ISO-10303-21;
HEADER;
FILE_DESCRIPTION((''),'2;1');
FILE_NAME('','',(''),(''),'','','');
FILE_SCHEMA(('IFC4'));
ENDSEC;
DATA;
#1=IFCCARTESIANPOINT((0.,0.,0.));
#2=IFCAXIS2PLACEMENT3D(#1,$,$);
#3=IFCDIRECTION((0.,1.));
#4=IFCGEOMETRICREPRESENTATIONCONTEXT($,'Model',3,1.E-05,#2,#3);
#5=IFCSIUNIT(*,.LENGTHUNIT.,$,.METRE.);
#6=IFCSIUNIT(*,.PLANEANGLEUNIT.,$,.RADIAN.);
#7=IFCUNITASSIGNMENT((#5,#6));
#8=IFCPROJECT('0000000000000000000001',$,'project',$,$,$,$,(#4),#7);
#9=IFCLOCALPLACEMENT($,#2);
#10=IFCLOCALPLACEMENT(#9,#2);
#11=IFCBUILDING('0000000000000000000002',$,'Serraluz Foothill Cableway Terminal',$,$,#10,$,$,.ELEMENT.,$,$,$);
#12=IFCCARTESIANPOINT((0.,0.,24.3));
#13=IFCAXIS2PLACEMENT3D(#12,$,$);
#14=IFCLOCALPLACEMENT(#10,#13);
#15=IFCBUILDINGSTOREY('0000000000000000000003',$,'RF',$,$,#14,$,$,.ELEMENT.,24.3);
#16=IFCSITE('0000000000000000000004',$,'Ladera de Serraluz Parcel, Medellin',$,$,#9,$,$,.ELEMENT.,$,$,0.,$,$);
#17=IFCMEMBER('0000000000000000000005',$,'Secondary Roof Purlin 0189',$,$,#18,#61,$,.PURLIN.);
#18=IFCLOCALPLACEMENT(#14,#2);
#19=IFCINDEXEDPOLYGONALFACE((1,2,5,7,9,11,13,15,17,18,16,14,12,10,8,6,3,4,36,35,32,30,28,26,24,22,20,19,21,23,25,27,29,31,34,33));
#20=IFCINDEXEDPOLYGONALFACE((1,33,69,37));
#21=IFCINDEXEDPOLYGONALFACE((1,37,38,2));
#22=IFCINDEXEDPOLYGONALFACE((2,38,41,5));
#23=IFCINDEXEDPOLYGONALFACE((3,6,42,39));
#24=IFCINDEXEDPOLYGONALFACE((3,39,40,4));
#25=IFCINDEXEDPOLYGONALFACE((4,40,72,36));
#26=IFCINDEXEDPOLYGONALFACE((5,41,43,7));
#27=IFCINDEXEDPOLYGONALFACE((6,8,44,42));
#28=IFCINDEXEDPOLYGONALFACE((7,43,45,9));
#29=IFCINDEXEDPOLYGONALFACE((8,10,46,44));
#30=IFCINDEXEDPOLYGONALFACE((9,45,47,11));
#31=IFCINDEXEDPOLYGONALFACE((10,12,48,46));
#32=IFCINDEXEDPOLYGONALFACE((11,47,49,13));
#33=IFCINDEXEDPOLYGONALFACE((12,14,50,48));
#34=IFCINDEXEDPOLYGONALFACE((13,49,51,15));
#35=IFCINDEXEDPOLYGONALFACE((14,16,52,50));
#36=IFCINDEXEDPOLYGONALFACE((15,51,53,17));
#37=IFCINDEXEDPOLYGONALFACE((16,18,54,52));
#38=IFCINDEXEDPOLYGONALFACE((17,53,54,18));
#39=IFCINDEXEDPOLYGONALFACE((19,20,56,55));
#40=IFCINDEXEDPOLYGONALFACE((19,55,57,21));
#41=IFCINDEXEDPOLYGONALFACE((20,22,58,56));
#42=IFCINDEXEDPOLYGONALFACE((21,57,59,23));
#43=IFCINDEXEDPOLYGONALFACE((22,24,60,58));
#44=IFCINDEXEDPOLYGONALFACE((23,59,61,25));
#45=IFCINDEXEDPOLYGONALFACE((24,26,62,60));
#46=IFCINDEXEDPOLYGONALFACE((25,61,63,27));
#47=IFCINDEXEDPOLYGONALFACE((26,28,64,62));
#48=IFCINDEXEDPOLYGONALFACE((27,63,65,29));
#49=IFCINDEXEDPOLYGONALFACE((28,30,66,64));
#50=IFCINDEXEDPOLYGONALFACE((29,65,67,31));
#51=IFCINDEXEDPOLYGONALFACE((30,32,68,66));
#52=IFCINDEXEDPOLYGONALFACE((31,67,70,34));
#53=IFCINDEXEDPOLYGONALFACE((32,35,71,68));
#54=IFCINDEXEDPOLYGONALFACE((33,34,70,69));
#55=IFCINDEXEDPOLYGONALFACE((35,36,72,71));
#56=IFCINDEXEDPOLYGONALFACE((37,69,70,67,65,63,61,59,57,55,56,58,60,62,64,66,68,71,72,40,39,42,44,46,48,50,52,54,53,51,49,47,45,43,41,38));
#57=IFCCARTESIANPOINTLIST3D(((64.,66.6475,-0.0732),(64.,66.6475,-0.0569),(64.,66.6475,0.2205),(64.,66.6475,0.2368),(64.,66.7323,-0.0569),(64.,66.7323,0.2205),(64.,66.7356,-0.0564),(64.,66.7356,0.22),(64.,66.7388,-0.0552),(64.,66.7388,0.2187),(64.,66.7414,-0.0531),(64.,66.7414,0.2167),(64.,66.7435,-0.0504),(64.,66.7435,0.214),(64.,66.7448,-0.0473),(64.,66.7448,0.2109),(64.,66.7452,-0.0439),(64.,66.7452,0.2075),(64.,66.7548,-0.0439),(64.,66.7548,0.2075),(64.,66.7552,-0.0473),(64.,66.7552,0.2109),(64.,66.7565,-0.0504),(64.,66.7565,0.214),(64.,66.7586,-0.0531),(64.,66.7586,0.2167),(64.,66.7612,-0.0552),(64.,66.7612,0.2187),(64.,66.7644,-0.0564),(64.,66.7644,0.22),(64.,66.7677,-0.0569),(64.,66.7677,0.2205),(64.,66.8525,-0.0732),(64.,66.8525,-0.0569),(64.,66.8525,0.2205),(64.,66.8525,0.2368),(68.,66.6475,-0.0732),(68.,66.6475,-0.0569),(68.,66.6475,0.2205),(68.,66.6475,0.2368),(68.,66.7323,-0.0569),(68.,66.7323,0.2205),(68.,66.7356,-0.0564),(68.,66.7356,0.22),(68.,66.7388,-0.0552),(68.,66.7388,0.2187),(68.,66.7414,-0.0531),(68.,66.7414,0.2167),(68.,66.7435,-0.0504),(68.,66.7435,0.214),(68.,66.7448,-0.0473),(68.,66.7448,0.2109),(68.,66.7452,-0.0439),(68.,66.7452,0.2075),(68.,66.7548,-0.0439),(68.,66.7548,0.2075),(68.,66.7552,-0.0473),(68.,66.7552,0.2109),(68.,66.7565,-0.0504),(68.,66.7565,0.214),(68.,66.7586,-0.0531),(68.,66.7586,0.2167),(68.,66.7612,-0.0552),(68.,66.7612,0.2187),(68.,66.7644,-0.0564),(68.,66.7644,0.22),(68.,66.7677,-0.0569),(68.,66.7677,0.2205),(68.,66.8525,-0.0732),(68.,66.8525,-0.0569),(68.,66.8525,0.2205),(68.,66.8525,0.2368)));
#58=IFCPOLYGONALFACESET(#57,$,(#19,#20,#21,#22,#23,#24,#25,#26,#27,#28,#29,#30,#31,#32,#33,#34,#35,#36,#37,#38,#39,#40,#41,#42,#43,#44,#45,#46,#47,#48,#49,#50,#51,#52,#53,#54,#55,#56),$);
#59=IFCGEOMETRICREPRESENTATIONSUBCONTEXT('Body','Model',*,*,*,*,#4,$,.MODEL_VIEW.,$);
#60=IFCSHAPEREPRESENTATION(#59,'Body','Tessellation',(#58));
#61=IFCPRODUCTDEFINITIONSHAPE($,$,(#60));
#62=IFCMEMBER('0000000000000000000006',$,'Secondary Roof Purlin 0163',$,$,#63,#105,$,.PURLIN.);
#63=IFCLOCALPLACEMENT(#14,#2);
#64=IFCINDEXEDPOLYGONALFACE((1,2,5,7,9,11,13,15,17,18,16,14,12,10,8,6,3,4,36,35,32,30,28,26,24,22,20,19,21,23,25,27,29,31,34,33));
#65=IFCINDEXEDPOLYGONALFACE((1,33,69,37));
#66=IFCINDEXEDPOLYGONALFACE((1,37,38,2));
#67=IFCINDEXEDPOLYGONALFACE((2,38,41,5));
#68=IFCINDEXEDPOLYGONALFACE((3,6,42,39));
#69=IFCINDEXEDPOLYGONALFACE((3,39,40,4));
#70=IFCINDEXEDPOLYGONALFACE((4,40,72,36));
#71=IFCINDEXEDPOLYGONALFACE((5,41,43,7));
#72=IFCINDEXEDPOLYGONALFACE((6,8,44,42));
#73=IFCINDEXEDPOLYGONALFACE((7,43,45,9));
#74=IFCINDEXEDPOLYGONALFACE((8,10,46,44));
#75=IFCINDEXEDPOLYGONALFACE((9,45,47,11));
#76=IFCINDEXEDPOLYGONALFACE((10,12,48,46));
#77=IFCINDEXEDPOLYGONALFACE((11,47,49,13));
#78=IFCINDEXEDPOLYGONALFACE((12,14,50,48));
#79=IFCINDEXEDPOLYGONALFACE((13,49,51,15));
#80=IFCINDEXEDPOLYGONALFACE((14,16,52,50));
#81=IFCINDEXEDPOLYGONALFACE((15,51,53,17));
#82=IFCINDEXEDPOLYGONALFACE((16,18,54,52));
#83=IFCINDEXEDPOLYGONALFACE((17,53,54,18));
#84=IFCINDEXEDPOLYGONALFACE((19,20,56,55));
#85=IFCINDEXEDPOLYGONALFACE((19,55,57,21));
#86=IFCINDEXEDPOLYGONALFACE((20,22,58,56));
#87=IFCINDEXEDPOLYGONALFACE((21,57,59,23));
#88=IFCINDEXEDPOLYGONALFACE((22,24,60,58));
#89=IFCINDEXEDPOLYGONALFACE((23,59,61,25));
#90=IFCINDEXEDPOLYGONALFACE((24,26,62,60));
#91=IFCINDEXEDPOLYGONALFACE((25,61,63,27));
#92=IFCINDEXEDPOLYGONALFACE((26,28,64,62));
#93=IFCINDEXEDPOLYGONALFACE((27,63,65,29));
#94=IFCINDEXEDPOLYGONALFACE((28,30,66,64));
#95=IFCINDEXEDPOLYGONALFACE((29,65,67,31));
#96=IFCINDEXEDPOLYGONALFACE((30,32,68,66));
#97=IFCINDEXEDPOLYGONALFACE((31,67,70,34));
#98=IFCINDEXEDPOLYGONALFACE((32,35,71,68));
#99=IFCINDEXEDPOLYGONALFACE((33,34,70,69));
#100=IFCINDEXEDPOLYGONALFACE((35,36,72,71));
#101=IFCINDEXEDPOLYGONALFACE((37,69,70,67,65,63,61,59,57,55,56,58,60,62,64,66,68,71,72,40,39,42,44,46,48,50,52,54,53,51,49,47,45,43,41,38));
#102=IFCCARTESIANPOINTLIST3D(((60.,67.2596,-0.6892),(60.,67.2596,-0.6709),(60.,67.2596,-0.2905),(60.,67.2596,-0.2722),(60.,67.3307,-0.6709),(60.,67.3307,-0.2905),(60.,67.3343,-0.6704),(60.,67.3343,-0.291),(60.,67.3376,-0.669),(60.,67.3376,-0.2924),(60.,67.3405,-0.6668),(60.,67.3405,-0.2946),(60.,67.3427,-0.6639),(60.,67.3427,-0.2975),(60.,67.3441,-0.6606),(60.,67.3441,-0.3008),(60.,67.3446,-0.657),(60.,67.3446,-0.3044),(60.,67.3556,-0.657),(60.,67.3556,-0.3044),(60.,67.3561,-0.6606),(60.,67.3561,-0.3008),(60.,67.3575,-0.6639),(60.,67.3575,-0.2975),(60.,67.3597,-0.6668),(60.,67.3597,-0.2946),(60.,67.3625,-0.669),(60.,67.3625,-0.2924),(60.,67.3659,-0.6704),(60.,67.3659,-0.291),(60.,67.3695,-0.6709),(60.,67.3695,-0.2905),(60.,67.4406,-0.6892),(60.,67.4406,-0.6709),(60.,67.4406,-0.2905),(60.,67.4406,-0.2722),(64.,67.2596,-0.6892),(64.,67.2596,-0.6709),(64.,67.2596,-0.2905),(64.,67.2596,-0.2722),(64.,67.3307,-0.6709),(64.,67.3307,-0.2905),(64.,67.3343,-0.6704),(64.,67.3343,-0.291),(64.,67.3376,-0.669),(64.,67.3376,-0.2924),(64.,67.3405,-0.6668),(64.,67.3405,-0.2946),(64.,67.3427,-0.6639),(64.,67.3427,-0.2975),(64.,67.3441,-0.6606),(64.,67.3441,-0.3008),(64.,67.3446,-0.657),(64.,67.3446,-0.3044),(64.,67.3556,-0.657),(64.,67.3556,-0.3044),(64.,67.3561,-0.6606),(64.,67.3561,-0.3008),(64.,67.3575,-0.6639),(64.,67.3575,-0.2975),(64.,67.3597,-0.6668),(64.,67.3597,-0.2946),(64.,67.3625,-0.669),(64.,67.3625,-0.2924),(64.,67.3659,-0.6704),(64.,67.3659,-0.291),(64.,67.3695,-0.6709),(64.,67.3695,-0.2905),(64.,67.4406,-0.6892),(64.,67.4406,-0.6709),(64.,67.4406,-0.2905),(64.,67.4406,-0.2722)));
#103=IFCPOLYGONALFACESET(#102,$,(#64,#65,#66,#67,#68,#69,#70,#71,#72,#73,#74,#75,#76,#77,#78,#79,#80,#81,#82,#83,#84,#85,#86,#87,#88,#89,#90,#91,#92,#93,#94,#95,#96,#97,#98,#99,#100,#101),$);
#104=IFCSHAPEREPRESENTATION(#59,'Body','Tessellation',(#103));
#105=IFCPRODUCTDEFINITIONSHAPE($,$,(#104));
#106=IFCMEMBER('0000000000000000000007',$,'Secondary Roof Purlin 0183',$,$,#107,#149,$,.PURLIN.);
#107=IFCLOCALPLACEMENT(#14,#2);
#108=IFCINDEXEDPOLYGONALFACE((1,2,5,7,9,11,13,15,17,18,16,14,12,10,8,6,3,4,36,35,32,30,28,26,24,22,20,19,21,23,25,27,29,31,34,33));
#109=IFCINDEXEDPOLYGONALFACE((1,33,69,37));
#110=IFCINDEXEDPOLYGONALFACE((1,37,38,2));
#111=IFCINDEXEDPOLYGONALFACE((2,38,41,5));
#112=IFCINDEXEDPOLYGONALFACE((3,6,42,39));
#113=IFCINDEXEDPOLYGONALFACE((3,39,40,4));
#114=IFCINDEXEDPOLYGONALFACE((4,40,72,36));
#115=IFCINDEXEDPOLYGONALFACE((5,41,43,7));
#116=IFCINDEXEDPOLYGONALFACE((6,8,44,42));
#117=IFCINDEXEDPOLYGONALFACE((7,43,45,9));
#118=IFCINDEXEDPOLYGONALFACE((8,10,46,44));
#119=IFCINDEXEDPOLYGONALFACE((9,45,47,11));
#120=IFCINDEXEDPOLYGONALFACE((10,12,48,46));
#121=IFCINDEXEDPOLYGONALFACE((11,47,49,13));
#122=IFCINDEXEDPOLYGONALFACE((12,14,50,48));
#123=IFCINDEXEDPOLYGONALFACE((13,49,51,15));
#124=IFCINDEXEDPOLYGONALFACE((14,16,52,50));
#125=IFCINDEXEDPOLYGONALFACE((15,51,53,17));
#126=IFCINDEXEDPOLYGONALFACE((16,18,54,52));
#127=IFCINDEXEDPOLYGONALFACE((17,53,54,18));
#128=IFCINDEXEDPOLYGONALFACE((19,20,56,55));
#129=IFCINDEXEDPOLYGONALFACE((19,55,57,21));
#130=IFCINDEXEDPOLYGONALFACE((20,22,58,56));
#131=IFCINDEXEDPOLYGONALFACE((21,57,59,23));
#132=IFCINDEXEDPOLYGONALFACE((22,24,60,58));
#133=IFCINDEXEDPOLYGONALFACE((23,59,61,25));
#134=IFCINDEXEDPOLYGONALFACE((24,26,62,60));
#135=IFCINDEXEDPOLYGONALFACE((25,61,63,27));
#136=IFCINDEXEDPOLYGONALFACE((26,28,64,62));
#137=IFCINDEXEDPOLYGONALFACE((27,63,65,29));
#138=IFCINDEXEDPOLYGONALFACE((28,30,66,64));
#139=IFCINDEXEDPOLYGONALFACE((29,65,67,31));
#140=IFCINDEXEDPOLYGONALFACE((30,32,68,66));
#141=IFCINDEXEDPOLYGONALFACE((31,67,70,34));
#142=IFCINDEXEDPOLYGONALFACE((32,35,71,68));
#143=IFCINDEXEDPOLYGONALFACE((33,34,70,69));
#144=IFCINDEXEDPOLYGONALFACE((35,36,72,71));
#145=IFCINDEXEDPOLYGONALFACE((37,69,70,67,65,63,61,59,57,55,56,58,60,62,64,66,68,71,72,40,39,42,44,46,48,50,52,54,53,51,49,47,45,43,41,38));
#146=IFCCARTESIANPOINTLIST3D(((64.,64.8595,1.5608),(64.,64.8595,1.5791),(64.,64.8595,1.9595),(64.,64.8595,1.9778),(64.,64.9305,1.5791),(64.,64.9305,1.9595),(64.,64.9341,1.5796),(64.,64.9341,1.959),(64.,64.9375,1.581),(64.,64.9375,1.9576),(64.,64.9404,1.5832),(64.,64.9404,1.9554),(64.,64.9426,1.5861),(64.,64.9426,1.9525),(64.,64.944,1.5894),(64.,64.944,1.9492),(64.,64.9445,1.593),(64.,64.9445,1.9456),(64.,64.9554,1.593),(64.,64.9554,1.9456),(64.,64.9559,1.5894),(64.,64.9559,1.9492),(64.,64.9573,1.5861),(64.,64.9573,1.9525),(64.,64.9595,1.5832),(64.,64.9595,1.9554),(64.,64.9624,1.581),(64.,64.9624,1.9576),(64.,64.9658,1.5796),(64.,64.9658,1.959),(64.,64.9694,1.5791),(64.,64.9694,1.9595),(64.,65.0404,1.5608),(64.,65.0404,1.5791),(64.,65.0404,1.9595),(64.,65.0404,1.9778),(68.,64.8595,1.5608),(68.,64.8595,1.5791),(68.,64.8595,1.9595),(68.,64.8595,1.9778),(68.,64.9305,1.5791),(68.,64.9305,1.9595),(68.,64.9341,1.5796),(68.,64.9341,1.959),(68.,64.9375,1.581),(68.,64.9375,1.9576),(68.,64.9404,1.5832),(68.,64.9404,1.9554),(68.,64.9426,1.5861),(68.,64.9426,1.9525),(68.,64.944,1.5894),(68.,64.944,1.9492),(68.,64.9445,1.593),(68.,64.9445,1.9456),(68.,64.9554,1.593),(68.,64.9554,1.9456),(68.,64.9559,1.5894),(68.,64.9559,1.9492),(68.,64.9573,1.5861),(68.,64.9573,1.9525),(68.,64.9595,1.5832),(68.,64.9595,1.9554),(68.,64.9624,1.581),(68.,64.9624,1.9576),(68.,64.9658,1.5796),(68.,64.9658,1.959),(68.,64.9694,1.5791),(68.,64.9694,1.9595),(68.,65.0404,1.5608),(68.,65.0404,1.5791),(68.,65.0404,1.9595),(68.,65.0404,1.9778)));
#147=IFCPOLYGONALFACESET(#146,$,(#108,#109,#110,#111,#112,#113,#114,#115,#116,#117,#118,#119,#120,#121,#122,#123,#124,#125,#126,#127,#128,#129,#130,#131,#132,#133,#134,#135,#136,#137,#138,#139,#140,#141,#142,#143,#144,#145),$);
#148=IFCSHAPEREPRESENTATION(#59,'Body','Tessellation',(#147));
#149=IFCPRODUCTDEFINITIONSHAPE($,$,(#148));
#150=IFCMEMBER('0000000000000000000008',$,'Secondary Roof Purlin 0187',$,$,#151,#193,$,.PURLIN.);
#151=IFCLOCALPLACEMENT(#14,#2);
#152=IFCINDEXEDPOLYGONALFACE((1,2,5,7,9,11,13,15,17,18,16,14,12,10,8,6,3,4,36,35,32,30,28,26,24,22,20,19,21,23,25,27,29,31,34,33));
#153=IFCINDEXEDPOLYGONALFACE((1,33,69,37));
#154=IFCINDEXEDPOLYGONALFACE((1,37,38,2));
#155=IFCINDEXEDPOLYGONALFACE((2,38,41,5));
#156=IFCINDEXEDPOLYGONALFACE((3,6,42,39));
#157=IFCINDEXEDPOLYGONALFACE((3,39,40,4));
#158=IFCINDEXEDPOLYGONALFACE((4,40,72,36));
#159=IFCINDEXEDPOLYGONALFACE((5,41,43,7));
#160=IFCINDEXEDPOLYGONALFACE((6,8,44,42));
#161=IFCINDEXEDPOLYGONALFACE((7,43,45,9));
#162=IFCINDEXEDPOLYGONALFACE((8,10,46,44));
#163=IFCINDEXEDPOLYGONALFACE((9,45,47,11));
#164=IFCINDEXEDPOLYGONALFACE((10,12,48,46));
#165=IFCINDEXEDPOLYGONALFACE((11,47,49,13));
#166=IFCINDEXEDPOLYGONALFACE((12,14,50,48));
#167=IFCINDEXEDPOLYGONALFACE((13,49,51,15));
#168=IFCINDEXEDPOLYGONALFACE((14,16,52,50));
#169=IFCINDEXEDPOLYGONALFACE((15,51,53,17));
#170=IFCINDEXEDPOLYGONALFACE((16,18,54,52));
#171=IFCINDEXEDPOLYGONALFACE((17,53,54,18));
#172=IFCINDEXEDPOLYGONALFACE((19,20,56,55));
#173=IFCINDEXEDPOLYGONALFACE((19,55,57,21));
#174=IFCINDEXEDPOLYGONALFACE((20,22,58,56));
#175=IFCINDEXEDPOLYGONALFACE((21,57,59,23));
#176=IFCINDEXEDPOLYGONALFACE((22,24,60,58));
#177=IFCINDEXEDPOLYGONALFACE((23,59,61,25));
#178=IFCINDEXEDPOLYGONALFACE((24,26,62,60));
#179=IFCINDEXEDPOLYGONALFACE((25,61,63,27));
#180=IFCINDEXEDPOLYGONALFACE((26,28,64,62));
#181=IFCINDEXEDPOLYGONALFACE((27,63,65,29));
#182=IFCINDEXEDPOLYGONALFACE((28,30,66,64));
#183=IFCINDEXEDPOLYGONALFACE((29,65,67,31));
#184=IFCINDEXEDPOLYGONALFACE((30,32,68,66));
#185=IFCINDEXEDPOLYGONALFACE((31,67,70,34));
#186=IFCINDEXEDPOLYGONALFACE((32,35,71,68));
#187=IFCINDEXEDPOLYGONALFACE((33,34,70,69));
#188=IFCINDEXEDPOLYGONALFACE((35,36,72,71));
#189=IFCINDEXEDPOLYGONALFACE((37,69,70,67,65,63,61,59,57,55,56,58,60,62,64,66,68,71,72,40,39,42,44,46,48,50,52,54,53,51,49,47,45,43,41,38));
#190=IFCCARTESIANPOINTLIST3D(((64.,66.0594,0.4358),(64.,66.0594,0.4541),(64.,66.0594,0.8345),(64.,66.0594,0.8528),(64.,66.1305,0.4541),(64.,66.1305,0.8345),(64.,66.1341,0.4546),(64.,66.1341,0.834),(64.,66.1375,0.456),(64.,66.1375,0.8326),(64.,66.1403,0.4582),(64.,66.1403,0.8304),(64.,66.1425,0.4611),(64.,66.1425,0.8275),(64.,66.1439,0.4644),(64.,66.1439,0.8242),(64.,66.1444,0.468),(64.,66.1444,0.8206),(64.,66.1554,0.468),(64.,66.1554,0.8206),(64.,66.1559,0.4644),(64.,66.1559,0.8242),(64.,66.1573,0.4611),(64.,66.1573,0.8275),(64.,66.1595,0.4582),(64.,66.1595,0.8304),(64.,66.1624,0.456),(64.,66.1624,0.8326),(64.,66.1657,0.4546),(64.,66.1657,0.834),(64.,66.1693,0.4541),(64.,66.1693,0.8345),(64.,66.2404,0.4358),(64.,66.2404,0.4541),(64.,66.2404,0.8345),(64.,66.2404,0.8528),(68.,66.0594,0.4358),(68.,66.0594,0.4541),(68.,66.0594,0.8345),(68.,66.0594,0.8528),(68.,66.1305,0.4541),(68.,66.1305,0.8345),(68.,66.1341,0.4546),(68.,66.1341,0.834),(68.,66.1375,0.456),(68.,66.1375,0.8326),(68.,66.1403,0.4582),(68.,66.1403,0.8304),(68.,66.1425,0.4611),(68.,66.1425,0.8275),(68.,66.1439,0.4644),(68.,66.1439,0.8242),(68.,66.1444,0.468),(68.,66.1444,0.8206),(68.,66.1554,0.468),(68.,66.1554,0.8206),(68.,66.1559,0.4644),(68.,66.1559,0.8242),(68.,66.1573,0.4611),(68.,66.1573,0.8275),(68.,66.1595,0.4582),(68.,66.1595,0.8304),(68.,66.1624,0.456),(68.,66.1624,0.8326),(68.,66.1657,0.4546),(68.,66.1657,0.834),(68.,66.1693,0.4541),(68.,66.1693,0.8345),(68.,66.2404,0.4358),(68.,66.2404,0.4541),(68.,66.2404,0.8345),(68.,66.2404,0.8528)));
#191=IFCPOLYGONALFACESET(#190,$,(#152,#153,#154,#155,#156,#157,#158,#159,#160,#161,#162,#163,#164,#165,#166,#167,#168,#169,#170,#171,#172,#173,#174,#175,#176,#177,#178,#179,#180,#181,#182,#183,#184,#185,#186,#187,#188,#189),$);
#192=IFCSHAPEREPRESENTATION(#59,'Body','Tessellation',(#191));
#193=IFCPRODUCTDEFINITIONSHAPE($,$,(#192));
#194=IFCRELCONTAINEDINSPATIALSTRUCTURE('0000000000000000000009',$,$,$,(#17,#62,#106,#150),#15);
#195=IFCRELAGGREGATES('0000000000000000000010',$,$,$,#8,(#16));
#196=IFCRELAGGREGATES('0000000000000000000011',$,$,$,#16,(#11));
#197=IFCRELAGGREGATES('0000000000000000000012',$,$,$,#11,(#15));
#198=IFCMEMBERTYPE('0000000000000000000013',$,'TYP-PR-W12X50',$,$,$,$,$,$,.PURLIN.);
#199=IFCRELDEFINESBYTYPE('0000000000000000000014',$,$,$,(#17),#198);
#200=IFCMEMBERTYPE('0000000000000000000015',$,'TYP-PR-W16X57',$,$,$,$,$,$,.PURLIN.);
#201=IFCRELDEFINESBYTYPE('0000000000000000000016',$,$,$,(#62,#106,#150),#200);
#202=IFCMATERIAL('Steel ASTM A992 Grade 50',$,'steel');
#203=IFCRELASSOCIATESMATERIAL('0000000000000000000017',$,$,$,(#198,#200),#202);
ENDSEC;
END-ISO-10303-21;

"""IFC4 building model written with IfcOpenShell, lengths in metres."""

from ifc_helpers import new_model, si_unit, direction, frame, origin, origin_2d, place, context, subcontext, project, spatial, i_section, extrude, material, material_profile, profile_set, type_object, element, save


model = new_model("IFC4")

# Units and contexts
model_context = context("Model", 3, precision=1e-05, world=origin(), true_north=direction((0.0, 1.0)))
body_context = subcontext(model_context, "Body", "Model", "MODEL_VIEW")
ifc_project = project(units=[si_unit("LENGTHUNIT", "METRE"), si_unit("PLANEANGLEUNIT", "RADIAN")], contexts=[model_context])

# Site, building, storey
site_placement = place(None, origin())
site = spatial("IfcSite", under=ifc_project, at=site_placement, Name="Ladera de Serraluz Parcel, Medellin", CompositionType="ELEMENT", RefElevation=0.0)
building_placement = place(site_placement, origin())
building = spatial("IfcBuilding", under=site, at=building_placement, Name="Serraluz Foothill Cableway Terminal", CompositionType="ELEMENT")
storey_placement = place(building_placement, frame((0.0, 0.0, 24.3)))
storey = spatial("IfcBuildingStorey", under=building, at=storey_placement, Name="RF", CompositionType="ELEMENT", Elevation=24.3)

# Members
ifc_material_1 = material(Name="Steel ASTM A992 Grade 50", Category="steel")
ifc_material_profile_1 = material_profile(ifc_material_1, i_section(OverallWidth=0.2051, OverallDepth=0.3101, WebThickness=0.0095, FlangeThickness=0.0164, FilletRadius=0.0129, at=origin_2d()), Name="W12X50")
ifc_profile_set_1 = profile_set([ifc_material_profile_1], Name="Steel ASTM A992 Grade 50")
member_type_1 = type_object("IfcMemberType", Name="TYP-PR-W12X50", PredefinedType="PURLIN", material=ifc_profile_set_1)
for number, where, z_axis, x_axis, name in (
    (1, (64.0, 66.75, 0.0818), (1.0, 0.0, 0.0), (0.0, 1.0, 0.0), "Secondary Roof Purlin 0189"),
):
    element("IfcMember", number, at=place(storey_placement, frame(where, z_axis=z_axis, x_axis=x_axis)), inside=storey, type_object=member_type_1, Name=name, PredefinedType="PURLIN", context=body_context, shape_type="SweptSolid", body=[
        extrude(i_section(OverallWidth=0.2051, OverallDepth=0.3101, WebThickness=0.0095, FlangeThickness=0.0164, FilletRadius=0.0129, at=origin_2d()), origin(), (0.0, 0.0, 1.0), 4.0),
    ])
ifc_material_profile_2 = material_profile(ifc_material_1, i_section(OverallWidth=0.1809, OverallDepth=0.417, WebThickness=0.011, FlangeThickness=0.0183, FilletRadius=0.0139, at=origin_2d()), Name="W16X57")
ifc_profile_set_2 = profile_set([ifc_material_profile_2], Name="Steel ASTM A992 Grade 50")
member_type_2 = type_object("IfcMemberType", Name="TYP-PR-W16X57", PredefinedType="PURLIN", material=ifc_profile_set_2)
for number, where, z_axis, x_axis, name in (
    (2, (60.0, 67.3501, -0.4807), (1.0, 0.0, 0.0), (0.0, 1.0, 0.0), "Secondary Roof Purlin 0163"),
    (3, (64.0, 64.95, 1.7693), (1.0, 0.0, 0.0), (0.0, 1.0, 0.0), "Secondary Roof Purlin 0183"),
    (4, (64.0, 66.1499, 0.6443), (1.0, 0.0, 0.0), (0.0, 1.0, 0.0), "Secondary Roof Purlin 0187"),
):
    element("IfcMember", number, at=place(storey_placement, frame(where, z_axis=z_axis, x_axis=x_axis)), inside=storey, type_object=member_type_2, Name=name, PredefinedType="PURLIN", context=body_context, shape_type="SweptSolid", body=[
        extrude(i_section(OverallWidth=0.1809, OverallDepth=0.417, WebThickness=0.011, FlangeThickness=0.0183, FilletRadius=0.0139, at=origin_2d()), origin(), (0.0, 0.0, 1.0), 4.0),
    ])

save(model, "model.ifc")
